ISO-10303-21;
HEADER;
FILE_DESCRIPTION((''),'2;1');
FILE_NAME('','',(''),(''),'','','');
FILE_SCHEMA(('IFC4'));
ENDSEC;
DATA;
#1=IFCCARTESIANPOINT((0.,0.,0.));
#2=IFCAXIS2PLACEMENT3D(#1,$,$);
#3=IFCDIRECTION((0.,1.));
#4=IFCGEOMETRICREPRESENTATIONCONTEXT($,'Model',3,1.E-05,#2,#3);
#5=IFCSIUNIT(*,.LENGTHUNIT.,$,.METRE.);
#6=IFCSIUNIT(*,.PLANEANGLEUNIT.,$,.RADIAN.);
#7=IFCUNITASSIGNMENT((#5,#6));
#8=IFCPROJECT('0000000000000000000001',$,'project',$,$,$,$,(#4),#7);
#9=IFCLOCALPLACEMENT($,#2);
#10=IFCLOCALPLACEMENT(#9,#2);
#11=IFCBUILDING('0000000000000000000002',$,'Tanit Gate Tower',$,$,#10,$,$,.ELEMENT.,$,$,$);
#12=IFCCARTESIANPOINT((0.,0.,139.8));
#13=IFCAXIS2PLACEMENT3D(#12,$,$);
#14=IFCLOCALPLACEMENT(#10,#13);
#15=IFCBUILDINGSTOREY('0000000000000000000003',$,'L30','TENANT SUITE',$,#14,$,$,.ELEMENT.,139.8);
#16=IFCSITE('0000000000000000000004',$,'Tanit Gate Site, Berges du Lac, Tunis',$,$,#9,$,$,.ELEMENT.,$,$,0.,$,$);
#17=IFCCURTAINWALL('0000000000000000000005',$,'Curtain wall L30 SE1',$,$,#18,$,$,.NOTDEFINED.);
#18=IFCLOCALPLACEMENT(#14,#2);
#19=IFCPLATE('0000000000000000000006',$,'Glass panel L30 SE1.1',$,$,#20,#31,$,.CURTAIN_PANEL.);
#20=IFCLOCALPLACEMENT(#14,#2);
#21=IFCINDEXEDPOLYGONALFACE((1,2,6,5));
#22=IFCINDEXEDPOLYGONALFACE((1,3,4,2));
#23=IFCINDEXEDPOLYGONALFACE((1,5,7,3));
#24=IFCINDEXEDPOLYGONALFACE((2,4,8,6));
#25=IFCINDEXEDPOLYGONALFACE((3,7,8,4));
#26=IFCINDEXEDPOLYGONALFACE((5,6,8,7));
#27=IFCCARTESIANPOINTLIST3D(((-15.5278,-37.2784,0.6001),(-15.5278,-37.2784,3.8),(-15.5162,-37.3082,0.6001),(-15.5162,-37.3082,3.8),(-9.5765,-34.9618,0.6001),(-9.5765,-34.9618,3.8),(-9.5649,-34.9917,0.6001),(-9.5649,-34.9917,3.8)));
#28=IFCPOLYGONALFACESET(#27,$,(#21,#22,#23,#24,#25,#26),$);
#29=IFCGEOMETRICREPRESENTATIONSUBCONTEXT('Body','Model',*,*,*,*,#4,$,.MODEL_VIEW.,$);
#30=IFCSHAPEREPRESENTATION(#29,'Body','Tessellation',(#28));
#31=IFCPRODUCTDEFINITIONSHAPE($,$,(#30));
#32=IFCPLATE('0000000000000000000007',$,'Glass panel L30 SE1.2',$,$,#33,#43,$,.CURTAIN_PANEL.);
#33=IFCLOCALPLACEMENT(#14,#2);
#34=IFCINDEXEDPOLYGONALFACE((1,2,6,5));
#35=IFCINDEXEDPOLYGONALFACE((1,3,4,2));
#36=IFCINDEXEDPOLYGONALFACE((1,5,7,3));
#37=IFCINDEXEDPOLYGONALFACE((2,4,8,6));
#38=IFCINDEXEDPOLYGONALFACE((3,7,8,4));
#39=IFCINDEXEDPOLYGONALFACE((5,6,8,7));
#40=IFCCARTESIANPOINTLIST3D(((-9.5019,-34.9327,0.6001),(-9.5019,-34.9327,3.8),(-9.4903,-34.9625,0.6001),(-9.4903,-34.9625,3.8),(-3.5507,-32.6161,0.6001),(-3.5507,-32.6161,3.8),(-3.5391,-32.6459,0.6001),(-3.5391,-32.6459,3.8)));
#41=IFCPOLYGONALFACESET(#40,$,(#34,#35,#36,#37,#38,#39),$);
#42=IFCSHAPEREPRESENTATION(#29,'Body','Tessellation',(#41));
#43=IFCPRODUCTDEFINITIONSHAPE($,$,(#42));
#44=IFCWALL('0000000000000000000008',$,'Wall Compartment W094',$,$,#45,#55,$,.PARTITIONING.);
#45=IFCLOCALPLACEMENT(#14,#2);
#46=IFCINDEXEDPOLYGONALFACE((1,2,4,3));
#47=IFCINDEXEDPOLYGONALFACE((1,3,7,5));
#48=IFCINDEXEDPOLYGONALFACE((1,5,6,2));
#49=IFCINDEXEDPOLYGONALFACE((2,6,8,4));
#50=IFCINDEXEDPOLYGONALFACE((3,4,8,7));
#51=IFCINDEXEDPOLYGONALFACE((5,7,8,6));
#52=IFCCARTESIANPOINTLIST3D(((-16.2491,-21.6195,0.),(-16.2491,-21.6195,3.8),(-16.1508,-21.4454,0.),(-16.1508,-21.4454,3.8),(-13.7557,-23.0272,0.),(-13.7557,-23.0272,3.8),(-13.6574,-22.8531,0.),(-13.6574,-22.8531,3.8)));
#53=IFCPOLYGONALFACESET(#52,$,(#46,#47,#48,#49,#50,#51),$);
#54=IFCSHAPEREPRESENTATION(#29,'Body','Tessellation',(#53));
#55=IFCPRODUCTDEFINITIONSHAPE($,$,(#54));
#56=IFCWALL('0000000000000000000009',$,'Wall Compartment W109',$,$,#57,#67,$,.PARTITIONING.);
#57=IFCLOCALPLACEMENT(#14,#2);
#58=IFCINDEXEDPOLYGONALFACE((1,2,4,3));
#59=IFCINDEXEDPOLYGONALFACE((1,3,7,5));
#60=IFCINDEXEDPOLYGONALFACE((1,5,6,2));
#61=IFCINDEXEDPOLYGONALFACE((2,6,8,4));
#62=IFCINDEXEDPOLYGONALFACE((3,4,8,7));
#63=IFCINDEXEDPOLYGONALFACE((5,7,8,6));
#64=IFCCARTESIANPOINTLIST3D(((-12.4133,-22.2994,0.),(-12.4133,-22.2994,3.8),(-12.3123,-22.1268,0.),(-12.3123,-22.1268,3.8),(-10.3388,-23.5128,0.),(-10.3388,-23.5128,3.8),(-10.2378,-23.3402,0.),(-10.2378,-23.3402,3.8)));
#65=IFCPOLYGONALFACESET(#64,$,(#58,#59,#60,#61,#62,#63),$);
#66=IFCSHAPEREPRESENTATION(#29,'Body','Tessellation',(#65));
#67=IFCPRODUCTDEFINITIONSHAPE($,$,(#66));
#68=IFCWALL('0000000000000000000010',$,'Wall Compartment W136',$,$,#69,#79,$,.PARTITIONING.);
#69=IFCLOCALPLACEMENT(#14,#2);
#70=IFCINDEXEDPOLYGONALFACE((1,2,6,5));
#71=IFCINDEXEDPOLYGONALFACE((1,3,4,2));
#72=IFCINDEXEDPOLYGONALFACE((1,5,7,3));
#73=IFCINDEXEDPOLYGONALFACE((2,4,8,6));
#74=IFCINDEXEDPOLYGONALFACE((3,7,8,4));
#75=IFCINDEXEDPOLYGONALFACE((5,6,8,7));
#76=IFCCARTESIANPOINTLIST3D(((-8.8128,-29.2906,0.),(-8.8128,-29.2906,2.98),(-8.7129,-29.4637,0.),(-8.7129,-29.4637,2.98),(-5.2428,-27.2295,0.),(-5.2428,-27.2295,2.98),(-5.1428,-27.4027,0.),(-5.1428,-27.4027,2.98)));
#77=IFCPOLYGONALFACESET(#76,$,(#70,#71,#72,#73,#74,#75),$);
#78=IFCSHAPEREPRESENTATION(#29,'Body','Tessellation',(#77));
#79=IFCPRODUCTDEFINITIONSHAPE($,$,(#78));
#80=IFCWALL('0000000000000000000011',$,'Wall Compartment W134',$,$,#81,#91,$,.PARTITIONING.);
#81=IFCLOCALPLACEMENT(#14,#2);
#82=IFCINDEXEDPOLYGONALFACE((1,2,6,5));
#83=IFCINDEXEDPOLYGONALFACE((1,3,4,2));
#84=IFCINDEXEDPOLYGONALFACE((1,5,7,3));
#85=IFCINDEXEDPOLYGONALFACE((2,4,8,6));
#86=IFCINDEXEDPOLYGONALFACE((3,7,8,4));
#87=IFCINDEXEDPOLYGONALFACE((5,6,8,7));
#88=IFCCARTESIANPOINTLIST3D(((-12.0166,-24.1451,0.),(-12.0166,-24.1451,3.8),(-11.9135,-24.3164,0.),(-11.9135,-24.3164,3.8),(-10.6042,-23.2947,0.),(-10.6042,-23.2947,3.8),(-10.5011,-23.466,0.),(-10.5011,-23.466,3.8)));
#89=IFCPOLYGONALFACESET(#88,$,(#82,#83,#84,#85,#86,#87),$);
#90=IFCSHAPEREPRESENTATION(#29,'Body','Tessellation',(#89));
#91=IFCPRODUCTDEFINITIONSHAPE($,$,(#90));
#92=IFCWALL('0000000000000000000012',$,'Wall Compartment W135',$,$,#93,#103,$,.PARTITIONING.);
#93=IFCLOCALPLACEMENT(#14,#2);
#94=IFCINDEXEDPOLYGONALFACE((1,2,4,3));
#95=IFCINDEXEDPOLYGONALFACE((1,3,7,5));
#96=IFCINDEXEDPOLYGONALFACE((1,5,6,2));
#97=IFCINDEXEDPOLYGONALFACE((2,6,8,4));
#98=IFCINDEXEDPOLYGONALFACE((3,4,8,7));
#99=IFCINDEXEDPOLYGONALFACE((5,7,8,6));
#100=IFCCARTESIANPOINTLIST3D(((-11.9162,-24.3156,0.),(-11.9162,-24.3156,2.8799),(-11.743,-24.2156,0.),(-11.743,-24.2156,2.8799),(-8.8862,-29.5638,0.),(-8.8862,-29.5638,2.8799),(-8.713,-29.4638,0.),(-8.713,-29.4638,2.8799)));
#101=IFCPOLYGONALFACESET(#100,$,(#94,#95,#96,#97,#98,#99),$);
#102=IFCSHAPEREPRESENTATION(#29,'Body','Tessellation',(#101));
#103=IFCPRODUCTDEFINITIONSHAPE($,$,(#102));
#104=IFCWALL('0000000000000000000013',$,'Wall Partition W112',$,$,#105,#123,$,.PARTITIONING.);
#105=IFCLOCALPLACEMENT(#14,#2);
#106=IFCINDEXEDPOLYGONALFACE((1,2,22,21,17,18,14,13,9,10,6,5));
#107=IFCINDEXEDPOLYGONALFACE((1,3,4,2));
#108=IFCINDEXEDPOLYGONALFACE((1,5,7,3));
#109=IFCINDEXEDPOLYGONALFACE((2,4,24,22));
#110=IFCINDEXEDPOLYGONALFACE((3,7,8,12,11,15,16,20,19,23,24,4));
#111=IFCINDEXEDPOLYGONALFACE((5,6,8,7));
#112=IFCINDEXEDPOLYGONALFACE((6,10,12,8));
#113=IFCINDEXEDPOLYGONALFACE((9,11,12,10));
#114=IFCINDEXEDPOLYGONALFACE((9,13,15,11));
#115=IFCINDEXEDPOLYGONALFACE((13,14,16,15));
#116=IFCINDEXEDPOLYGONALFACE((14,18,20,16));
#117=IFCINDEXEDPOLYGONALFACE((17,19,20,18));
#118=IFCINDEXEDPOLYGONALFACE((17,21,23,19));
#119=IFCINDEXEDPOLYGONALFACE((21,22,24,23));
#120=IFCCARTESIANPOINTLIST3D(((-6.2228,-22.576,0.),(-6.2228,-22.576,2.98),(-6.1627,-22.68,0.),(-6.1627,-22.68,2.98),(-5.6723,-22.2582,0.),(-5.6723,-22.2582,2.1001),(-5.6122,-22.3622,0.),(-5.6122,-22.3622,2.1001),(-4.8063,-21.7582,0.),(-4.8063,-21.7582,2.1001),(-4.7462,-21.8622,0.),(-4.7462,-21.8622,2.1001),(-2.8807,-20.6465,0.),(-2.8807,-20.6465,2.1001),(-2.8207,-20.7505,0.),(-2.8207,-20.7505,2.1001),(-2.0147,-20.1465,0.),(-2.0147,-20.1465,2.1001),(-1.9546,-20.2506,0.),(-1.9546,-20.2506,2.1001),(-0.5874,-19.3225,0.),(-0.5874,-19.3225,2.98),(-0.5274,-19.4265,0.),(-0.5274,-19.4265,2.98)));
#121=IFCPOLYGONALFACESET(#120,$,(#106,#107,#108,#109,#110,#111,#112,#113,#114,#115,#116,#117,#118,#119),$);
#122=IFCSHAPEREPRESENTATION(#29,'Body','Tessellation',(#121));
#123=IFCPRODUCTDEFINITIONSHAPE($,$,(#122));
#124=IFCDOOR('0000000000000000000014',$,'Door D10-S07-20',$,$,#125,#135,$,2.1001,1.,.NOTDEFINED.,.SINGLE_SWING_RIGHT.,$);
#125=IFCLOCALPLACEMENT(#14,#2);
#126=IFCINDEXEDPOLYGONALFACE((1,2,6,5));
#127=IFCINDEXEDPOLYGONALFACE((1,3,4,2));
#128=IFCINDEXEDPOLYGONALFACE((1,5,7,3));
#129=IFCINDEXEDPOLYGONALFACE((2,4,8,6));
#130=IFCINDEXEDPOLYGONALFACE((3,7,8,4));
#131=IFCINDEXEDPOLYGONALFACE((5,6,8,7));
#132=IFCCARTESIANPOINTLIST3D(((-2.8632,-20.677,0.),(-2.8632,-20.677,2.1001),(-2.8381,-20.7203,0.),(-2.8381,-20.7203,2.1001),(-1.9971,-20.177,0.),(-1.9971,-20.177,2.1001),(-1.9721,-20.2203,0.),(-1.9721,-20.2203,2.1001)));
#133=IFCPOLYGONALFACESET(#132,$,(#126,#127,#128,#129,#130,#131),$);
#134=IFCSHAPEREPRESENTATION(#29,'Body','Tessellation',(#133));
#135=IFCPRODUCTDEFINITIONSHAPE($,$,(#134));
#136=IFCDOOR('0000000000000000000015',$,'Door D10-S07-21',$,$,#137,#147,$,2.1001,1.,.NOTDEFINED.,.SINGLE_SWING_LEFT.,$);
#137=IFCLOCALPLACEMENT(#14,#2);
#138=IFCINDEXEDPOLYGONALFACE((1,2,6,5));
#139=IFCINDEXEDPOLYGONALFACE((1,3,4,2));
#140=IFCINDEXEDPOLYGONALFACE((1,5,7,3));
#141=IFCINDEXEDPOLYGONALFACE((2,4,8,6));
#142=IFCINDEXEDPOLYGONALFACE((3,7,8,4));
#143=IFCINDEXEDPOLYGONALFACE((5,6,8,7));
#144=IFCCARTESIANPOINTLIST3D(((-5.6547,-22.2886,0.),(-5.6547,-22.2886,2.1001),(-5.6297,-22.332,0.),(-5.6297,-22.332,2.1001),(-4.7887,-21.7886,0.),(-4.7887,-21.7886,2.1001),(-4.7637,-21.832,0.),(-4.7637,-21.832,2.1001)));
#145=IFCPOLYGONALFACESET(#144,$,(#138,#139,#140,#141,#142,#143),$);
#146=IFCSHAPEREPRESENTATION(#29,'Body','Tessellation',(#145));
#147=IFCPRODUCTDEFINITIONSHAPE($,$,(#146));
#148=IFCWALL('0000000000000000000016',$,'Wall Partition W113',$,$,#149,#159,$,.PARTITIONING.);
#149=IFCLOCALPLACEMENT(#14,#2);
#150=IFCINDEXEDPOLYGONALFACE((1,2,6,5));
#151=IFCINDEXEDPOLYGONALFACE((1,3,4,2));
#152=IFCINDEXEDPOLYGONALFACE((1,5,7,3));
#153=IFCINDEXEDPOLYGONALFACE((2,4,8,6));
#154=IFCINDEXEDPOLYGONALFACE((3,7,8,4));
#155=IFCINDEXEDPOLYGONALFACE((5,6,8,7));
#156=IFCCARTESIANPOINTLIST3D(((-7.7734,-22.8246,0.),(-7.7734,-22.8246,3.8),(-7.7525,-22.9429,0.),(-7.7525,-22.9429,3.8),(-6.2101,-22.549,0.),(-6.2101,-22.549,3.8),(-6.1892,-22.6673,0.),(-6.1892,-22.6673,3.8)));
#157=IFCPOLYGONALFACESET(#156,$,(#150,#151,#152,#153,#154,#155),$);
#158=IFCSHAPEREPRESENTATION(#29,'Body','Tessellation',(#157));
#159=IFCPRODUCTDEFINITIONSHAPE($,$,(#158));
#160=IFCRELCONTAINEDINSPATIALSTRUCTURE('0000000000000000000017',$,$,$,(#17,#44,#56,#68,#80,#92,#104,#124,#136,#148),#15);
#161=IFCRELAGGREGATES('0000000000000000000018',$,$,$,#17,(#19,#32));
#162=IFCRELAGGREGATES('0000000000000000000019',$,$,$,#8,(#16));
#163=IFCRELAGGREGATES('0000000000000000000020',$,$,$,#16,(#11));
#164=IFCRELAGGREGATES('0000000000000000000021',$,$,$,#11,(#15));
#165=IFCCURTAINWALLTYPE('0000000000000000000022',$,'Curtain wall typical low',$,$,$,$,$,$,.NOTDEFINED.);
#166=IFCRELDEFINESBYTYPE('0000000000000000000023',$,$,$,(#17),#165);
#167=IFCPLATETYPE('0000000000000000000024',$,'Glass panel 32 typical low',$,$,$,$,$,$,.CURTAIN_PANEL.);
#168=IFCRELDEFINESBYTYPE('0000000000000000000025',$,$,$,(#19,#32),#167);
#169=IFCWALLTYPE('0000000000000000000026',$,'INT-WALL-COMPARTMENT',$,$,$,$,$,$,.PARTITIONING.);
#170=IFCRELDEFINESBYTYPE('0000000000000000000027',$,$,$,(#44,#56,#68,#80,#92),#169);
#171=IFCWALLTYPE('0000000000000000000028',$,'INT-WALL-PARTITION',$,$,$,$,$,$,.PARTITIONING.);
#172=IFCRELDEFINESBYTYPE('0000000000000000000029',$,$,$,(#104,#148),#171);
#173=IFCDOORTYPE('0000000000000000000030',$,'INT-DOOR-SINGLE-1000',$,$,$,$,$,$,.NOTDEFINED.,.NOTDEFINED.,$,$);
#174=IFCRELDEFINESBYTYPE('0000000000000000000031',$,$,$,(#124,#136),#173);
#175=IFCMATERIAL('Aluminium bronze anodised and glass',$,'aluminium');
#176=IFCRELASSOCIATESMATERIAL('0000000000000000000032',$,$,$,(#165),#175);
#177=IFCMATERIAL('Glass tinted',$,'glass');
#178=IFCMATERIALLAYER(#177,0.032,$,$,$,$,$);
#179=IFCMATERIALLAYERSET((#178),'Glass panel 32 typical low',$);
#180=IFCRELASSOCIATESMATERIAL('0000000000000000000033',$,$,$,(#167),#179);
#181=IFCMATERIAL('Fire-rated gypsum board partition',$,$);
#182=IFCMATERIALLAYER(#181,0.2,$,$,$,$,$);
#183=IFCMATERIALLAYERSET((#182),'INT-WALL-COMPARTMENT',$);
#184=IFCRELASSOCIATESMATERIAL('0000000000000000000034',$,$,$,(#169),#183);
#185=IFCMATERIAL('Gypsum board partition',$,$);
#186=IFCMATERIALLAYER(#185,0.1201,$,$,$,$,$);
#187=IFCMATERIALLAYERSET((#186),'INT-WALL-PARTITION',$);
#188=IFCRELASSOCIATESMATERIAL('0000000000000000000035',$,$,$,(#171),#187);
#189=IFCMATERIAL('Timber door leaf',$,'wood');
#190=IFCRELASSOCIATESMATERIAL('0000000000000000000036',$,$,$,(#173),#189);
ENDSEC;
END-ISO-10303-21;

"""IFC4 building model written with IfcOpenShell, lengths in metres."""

from ifc_helpers import new_model, si_unit, direction, frame, frame_2d, origin, origin_2d, place, context, subcontext, project, spatial, rectangle, extrude, material, layer, layer_set, type_object, element, fill, aggregate, save


model = new_model("IFC4")

# Units and contexts
model_context = context("Model", 3, precision=1e-05, world=origin(), true_north=direction((0.0, 1.0)))
body_context = subcontext(model_context, "Body", "Model", "MODEL_VIEW")
ifc_project = project(units=[si_unit("LENGTHUNIT", "METRE"), si_unit("PLANEANGLEUNIT", "RADIAN")], contexts=[model_context])

# Site, building, storey
site_placement = place(None, origin())
site = spatial("IfcSite", under=ifc_project, at=site_placement, Name="Tanit Gate Site, Berges du Lac, Tunis", CompositionType="ELEMENT", RefElevation=0.0)
building_placement = place(site_placement, origin())
building = spatial("IfcBuilding", under=site, at=building_placement, Name="Tanit Gate Tower", CompositionType="ELEMENT")
storey_placement = place(building_placement, frame((0.0, 0.0, 139.8)))
storey = spatial("IfcBuildingStorey", under=building, at=storey_placement, Name="L30", Description="TENANT SUITE", CompositionType="ELEMENT", Elevation=139.8)

# Curtain wall
ifc_material_1 = material(Name="Aluminium bronze anodised and glass", Category="aluminium")
curtain_wall_type = type_object("IfcCurtainWallType", Name="Curtain wall typical low", PredefinedType="NOTDEFINED", material=ifc_material_1)
curtain_wall_placement = place(storey_placement, origin())
curtain_wall = element("IfcCurtainWall", 1, at=curtain_wall_placement, inside=storey, type_object=curtain_wall_type, Name="Curtain wall L30 SE1", PredefinedType="NOTDEFINED")

# Plates
ifc_material_2 = material(Name="Glass tinted", Category="glass")
ifc_layer_1 = layer(ifc_material_2, 0.032)
ifc_layer_set_1 = layer_set([ifc_layer_1], Name="Glass panel 32 typical low")
plate_type = type_object("IfcPlateType", Name="Glass panel 32 typical low", PredefinedType="CURTAIN_PANEL", material=ifc_layer_set_1)
plate_1_placement = place(storey_placement, frame((-12.5464, -36.135, 0.6001), z_axis=(0.0, 0.0, 1.0), x_axis=(0.931892, 0.362737, 0.0)))
plate_1 = element("IfcPlate", 2, at=plate_1_placement, type_object=plate_type, Name="Glass panel L30 SE1.1", PredefinedType="CURTAIN_PANEL", context=body_context, shape_type="SweptSolid", body=[
    extrude(rectangle(XDim=6.3862, YDim=0.032, at=origin_2d()), origin(), (0.0, 0.0, 1.0), 3.2),
])
plate_2_placement = place(storey_placement, frame((-6.5205, -33.7893, 0.6001), z_axis=(0.0, 0.0, 1.0), x_axis=(0.931892, 0.362737, 0.0)))
plate_2 = element("IfcPlate", 3, at=plate_2_placement, type_object=plate_type, Name="Glass panel L30 SE1.2", PredefinedType="CURTAIN_PANEL", context=body_context, shape_type="SweptSolid", body=[
    extrude(rectangle(XDim=6.3862, YDim=0.032, at=origin_2d()), origin(), (0.0, 0.0, 1.0), 3.2),
])
aggregate(curtain_wall, [plate_1, plate_2])

# Walls
ifc_material_3 = material(Name="Fire-rated gypsum board partition")
ifc_layer_2 = layer(ifc_material_3, 0.2)
ifc_layer_set_2 = layer_set([ifc_layer_2], Name="INT-WALL-COMPARTMENT")
wall_type_1 = type_object("IfcWallType", Name="INT-WALL-COMPARTMENT", PredefinedType="PARTITIONING", material=ifc_layer_set_2)
wall_1_placement = place(storey_placement, frame((-16.2, -21.5325, 0.0), z_axis=(0.0, 0.0, 1.0), x_axis=(0.870803, -0.491633, 0.0)))
element("IfcWall", 4, at=wall_1_placement, inside=storey, type_object=wall_type_1, Name="Wall Compartment W094", PredefinedType="PARTITIONING", context=body_context, shape_type="SweptSolid", body=[
    extrude(rectangle(XDim=2.8633, YDim=0.2, at=frame_2d((1.4316, 0.0))), origin(), (0.0, 0.0, 1.0), 3.8),
])
wall_2_placement = place(storey_placement, frame((-12.3628, -22.2131, 0.0), z_axis=(0.0, 0.0, 1.0), x_axis=(0.863185, -0.504888, 0.0)))
element("IfcWall", 5, at=wall_2_placement, inside=storey, type_object=wall_type_1, Name="Wall Compartment W109", PredefinedType="PARTITIONING", context=body_context, shape_type="SweptSolid", body=[
    extrude(rectangle(XDim=2.4033, YDim=0.2, at=frame_2d((1.2017, 0.0))), origin(), (0.0, 0.0, 1.0), 3.8),
])
wall_3_placement = place(storey_placement, frame((-5.1929, -27.3162, 0.0), z_axis=(0.0, 0.0, 1.0), x_axis=(-0.866041, -0.499974, 0.0)))
element("IfcWall", 6, at=wall_3_placement, inside=storey, type_object=wall_type_1, Name="Wall Compartment W136", PredefinedType="PARTITIONING", context=body_context, shape_type="SweptSolid", body=[
    extrude(rectangle(XDim=4.1223, YDim=0.2, at=frame_2d((2.061, 0.0))), origin(), (0.0, 0.0, 1.0), 2.98),
])
wall_4_placement = place(storey_placement, frame((-10.5527, -23.3804, 0.0), z_axis=(0.0, 0.0, 1.0), x_axis=(-0.856708, -0.515802, 0.0)))
element("IfcWall", 7, at=wall_4_placement, inside=storey, type_object=wall_type_1, Name="Wall Compartment W134", PredefinedType="PARTITIONING", context=body_context, shape_type="SweptSolid", body=[
    extrude(rectangle(XDim=1.6487, YDim=0.2, at=frame_2d((0.8242, 0.0))), origin(), (0.0, 0.0, 1.0), 3.8),
])
wall_5_placement = place(storey_placement, frame((-11.8296, -24.2656, 0.0), z_axis=(0.0, 0.0, 1.0), x_axis=(0.499991, -0.866031, 0.0)))
element("IfcWall", 8, at=wall_5_placement, inside=storey, type_object=wall_type_1, Name="Wall Compartment W135", PredefinedType="PARTITIONING", context=body_context, shape_type="SweptSolid", body=[
    extrude(rectangle(XDim=6.0601, YDim=0.2, at=frame_2d((3.03, 0.0))), origin(), (0.0, 0.0, 1.0), 2.8799),
])

# Wall, openings, doors
ifc_material_4 = material(Name="Gypsum board partition")
ifc_layer_3 = layer(ifc_material_4, 0.1201)
ifc_layer_set_3 = layer_set([ifc_layer_3], Name="INT-WALL-PARTITION")
wall_type_2 = type_object("IfcWallType", Name="INT-WALL-PARTITION", PredefinedType="PARTITIONING", material=ifc_layer_set_3)
wall_6_placement = place(storey_placement, frame((-6.1926, -22.6279, 0.0), z_axis=(0.0, 0.0, 1.0), x_axis=(0.866032, 0.499989, 0.0)))
wall_6 = element("IfcWall", 9, at=wall_6_placement, inside=storey, type_object=wall_type_2, Name="Wall Partition W112", PredefinedType="PARTITIONING", context=body_context, shape_type="SweptSolid", body=[
    extrude(rectangle(XDim=6.5071, YDim=0.1201, at=frame_2d((3.2534, 0.0))), origin(), (0.0, 0.0, 1.0), 2.98),
])
opening_1_placement = place(wall_6_placement, frame((3.8589, 0.0, 0.0)))
opening_1 = element("IfcOpeningElement", 10, at=opening_1_placement, cuts=wall_6, PredefinedType="OPENING", context=body_context, shape_type="SweptSolid", body=[
    extrude(rectangle(XDim=1.0, YDim=2.1001, at=frame_2d((0.5, 1.05))), frame((0.0, 0.0701, 0.0), z_axis=(0.0, -1.0, 0.0), x_axis=(1.0, 0.0, 0.0)), (0.0, 0.0, 1.0), 0.1401),
])
opening_2_placement = place(wall_6_placement, frame((0.6355, 0.0, 0.0)))
opening_2 = element("IfcOpeningElement", 11, at=opening_2_placement, cuts=wall_6, PredefinedType="OPENING", context=body_context, shape_type="SweptSolid", body=[
    extrude(rectangle(XDim=1.0, YDim=2.1001, at=frame_2d((0.5, 1.05))), frame((0.0, 0.0701, 0.0), z_axis=(0.0, -1.0, 0.0), x_axis=(1.0, 0.0, 0.0)), (0.0, 0.0, 1.0), 0.1401),
])
ifc_material_5 = material(Name="Timber door leaf", Category="wood")
door_type = type_object("IfcDoorType", Name="INT-DOOR-SINGLE-1000", OperationType="NOTDEFINED", PredefinedType="NOTDEFINED", material=ifc_material_5)
door_1_placement = place(opening_1_placement, origin())
door_1 = element("IfcDoor", 12, at=door_1_placement, inside=storey, type_object=door_type, Name="Door D10-S07-20", OperationType="SINGLE_SWING_RIGHT", OverallHeight=2.1001, OverallWidth=1.0, PredefinedType="NOTDEFINED", context=body_context, shape_type="SweptSolid", body=[
    extrude(rectangle(XDim=1.0, YDim=2.1001, at=frame_2d((0.5, 1.05))), frame((0.0, 0.0249, 0.0), z_axis=(0.0, -1.0, 0.0), x_axis=(1.0, 0.0, 0.0)), (0.0, 0.0, 1.0), 0.05),
])
fill(opening_1, door_1)
door_2_placement = place(opening_2_placement, origin())
door_2 = element("IfcDoor", 13, at=door_2_placement, inside=storey, type_object=door_type, Name="Door D10-S07-21", OperationType="SINGLE_SWING_LEFT", OverallHeight=2.1001, OverallWidth=1.0, PredefinedType="NOTDEFINED", context=body_context, shape_type="SweptSolid", body=[
    extrude(rectangle(XDim=1.0, YDim=2.1001, at=frame_2d((0.5, 1.05))), frame((0.0, 0.0249, 0.0), z_axis=(0.0, -1.0, 0.0), x_axis=(1.0, 0.0, 0.0)), (0.0, 0.0, 1.0), 0.05),
])
fill(opening_2, door_2)

# Wall
wall_7_placement = place(storey_placement, frame((-7.7629, -22.8838, 0.0), z_axis=(0.0, 0.0, 1.0), x_axis=(0.984808, 0.173645, 0.0)))
element("IfcWall", 14, at=wall_7_placement, inside=storey, type_object=wall_type_2, Name="Wall Partition W113", PredefinedType="PARTITIONING", context=body_context, shape_type="SweptSolid", body=[
    extrude(rectangle(XDim=1.5874, YDim=0.1201, at=frame_2d((0.7937, 0.0))), origin(), (0.0, 0.0, 1.0), 3.8),
])

save(model, "model.ifc")
